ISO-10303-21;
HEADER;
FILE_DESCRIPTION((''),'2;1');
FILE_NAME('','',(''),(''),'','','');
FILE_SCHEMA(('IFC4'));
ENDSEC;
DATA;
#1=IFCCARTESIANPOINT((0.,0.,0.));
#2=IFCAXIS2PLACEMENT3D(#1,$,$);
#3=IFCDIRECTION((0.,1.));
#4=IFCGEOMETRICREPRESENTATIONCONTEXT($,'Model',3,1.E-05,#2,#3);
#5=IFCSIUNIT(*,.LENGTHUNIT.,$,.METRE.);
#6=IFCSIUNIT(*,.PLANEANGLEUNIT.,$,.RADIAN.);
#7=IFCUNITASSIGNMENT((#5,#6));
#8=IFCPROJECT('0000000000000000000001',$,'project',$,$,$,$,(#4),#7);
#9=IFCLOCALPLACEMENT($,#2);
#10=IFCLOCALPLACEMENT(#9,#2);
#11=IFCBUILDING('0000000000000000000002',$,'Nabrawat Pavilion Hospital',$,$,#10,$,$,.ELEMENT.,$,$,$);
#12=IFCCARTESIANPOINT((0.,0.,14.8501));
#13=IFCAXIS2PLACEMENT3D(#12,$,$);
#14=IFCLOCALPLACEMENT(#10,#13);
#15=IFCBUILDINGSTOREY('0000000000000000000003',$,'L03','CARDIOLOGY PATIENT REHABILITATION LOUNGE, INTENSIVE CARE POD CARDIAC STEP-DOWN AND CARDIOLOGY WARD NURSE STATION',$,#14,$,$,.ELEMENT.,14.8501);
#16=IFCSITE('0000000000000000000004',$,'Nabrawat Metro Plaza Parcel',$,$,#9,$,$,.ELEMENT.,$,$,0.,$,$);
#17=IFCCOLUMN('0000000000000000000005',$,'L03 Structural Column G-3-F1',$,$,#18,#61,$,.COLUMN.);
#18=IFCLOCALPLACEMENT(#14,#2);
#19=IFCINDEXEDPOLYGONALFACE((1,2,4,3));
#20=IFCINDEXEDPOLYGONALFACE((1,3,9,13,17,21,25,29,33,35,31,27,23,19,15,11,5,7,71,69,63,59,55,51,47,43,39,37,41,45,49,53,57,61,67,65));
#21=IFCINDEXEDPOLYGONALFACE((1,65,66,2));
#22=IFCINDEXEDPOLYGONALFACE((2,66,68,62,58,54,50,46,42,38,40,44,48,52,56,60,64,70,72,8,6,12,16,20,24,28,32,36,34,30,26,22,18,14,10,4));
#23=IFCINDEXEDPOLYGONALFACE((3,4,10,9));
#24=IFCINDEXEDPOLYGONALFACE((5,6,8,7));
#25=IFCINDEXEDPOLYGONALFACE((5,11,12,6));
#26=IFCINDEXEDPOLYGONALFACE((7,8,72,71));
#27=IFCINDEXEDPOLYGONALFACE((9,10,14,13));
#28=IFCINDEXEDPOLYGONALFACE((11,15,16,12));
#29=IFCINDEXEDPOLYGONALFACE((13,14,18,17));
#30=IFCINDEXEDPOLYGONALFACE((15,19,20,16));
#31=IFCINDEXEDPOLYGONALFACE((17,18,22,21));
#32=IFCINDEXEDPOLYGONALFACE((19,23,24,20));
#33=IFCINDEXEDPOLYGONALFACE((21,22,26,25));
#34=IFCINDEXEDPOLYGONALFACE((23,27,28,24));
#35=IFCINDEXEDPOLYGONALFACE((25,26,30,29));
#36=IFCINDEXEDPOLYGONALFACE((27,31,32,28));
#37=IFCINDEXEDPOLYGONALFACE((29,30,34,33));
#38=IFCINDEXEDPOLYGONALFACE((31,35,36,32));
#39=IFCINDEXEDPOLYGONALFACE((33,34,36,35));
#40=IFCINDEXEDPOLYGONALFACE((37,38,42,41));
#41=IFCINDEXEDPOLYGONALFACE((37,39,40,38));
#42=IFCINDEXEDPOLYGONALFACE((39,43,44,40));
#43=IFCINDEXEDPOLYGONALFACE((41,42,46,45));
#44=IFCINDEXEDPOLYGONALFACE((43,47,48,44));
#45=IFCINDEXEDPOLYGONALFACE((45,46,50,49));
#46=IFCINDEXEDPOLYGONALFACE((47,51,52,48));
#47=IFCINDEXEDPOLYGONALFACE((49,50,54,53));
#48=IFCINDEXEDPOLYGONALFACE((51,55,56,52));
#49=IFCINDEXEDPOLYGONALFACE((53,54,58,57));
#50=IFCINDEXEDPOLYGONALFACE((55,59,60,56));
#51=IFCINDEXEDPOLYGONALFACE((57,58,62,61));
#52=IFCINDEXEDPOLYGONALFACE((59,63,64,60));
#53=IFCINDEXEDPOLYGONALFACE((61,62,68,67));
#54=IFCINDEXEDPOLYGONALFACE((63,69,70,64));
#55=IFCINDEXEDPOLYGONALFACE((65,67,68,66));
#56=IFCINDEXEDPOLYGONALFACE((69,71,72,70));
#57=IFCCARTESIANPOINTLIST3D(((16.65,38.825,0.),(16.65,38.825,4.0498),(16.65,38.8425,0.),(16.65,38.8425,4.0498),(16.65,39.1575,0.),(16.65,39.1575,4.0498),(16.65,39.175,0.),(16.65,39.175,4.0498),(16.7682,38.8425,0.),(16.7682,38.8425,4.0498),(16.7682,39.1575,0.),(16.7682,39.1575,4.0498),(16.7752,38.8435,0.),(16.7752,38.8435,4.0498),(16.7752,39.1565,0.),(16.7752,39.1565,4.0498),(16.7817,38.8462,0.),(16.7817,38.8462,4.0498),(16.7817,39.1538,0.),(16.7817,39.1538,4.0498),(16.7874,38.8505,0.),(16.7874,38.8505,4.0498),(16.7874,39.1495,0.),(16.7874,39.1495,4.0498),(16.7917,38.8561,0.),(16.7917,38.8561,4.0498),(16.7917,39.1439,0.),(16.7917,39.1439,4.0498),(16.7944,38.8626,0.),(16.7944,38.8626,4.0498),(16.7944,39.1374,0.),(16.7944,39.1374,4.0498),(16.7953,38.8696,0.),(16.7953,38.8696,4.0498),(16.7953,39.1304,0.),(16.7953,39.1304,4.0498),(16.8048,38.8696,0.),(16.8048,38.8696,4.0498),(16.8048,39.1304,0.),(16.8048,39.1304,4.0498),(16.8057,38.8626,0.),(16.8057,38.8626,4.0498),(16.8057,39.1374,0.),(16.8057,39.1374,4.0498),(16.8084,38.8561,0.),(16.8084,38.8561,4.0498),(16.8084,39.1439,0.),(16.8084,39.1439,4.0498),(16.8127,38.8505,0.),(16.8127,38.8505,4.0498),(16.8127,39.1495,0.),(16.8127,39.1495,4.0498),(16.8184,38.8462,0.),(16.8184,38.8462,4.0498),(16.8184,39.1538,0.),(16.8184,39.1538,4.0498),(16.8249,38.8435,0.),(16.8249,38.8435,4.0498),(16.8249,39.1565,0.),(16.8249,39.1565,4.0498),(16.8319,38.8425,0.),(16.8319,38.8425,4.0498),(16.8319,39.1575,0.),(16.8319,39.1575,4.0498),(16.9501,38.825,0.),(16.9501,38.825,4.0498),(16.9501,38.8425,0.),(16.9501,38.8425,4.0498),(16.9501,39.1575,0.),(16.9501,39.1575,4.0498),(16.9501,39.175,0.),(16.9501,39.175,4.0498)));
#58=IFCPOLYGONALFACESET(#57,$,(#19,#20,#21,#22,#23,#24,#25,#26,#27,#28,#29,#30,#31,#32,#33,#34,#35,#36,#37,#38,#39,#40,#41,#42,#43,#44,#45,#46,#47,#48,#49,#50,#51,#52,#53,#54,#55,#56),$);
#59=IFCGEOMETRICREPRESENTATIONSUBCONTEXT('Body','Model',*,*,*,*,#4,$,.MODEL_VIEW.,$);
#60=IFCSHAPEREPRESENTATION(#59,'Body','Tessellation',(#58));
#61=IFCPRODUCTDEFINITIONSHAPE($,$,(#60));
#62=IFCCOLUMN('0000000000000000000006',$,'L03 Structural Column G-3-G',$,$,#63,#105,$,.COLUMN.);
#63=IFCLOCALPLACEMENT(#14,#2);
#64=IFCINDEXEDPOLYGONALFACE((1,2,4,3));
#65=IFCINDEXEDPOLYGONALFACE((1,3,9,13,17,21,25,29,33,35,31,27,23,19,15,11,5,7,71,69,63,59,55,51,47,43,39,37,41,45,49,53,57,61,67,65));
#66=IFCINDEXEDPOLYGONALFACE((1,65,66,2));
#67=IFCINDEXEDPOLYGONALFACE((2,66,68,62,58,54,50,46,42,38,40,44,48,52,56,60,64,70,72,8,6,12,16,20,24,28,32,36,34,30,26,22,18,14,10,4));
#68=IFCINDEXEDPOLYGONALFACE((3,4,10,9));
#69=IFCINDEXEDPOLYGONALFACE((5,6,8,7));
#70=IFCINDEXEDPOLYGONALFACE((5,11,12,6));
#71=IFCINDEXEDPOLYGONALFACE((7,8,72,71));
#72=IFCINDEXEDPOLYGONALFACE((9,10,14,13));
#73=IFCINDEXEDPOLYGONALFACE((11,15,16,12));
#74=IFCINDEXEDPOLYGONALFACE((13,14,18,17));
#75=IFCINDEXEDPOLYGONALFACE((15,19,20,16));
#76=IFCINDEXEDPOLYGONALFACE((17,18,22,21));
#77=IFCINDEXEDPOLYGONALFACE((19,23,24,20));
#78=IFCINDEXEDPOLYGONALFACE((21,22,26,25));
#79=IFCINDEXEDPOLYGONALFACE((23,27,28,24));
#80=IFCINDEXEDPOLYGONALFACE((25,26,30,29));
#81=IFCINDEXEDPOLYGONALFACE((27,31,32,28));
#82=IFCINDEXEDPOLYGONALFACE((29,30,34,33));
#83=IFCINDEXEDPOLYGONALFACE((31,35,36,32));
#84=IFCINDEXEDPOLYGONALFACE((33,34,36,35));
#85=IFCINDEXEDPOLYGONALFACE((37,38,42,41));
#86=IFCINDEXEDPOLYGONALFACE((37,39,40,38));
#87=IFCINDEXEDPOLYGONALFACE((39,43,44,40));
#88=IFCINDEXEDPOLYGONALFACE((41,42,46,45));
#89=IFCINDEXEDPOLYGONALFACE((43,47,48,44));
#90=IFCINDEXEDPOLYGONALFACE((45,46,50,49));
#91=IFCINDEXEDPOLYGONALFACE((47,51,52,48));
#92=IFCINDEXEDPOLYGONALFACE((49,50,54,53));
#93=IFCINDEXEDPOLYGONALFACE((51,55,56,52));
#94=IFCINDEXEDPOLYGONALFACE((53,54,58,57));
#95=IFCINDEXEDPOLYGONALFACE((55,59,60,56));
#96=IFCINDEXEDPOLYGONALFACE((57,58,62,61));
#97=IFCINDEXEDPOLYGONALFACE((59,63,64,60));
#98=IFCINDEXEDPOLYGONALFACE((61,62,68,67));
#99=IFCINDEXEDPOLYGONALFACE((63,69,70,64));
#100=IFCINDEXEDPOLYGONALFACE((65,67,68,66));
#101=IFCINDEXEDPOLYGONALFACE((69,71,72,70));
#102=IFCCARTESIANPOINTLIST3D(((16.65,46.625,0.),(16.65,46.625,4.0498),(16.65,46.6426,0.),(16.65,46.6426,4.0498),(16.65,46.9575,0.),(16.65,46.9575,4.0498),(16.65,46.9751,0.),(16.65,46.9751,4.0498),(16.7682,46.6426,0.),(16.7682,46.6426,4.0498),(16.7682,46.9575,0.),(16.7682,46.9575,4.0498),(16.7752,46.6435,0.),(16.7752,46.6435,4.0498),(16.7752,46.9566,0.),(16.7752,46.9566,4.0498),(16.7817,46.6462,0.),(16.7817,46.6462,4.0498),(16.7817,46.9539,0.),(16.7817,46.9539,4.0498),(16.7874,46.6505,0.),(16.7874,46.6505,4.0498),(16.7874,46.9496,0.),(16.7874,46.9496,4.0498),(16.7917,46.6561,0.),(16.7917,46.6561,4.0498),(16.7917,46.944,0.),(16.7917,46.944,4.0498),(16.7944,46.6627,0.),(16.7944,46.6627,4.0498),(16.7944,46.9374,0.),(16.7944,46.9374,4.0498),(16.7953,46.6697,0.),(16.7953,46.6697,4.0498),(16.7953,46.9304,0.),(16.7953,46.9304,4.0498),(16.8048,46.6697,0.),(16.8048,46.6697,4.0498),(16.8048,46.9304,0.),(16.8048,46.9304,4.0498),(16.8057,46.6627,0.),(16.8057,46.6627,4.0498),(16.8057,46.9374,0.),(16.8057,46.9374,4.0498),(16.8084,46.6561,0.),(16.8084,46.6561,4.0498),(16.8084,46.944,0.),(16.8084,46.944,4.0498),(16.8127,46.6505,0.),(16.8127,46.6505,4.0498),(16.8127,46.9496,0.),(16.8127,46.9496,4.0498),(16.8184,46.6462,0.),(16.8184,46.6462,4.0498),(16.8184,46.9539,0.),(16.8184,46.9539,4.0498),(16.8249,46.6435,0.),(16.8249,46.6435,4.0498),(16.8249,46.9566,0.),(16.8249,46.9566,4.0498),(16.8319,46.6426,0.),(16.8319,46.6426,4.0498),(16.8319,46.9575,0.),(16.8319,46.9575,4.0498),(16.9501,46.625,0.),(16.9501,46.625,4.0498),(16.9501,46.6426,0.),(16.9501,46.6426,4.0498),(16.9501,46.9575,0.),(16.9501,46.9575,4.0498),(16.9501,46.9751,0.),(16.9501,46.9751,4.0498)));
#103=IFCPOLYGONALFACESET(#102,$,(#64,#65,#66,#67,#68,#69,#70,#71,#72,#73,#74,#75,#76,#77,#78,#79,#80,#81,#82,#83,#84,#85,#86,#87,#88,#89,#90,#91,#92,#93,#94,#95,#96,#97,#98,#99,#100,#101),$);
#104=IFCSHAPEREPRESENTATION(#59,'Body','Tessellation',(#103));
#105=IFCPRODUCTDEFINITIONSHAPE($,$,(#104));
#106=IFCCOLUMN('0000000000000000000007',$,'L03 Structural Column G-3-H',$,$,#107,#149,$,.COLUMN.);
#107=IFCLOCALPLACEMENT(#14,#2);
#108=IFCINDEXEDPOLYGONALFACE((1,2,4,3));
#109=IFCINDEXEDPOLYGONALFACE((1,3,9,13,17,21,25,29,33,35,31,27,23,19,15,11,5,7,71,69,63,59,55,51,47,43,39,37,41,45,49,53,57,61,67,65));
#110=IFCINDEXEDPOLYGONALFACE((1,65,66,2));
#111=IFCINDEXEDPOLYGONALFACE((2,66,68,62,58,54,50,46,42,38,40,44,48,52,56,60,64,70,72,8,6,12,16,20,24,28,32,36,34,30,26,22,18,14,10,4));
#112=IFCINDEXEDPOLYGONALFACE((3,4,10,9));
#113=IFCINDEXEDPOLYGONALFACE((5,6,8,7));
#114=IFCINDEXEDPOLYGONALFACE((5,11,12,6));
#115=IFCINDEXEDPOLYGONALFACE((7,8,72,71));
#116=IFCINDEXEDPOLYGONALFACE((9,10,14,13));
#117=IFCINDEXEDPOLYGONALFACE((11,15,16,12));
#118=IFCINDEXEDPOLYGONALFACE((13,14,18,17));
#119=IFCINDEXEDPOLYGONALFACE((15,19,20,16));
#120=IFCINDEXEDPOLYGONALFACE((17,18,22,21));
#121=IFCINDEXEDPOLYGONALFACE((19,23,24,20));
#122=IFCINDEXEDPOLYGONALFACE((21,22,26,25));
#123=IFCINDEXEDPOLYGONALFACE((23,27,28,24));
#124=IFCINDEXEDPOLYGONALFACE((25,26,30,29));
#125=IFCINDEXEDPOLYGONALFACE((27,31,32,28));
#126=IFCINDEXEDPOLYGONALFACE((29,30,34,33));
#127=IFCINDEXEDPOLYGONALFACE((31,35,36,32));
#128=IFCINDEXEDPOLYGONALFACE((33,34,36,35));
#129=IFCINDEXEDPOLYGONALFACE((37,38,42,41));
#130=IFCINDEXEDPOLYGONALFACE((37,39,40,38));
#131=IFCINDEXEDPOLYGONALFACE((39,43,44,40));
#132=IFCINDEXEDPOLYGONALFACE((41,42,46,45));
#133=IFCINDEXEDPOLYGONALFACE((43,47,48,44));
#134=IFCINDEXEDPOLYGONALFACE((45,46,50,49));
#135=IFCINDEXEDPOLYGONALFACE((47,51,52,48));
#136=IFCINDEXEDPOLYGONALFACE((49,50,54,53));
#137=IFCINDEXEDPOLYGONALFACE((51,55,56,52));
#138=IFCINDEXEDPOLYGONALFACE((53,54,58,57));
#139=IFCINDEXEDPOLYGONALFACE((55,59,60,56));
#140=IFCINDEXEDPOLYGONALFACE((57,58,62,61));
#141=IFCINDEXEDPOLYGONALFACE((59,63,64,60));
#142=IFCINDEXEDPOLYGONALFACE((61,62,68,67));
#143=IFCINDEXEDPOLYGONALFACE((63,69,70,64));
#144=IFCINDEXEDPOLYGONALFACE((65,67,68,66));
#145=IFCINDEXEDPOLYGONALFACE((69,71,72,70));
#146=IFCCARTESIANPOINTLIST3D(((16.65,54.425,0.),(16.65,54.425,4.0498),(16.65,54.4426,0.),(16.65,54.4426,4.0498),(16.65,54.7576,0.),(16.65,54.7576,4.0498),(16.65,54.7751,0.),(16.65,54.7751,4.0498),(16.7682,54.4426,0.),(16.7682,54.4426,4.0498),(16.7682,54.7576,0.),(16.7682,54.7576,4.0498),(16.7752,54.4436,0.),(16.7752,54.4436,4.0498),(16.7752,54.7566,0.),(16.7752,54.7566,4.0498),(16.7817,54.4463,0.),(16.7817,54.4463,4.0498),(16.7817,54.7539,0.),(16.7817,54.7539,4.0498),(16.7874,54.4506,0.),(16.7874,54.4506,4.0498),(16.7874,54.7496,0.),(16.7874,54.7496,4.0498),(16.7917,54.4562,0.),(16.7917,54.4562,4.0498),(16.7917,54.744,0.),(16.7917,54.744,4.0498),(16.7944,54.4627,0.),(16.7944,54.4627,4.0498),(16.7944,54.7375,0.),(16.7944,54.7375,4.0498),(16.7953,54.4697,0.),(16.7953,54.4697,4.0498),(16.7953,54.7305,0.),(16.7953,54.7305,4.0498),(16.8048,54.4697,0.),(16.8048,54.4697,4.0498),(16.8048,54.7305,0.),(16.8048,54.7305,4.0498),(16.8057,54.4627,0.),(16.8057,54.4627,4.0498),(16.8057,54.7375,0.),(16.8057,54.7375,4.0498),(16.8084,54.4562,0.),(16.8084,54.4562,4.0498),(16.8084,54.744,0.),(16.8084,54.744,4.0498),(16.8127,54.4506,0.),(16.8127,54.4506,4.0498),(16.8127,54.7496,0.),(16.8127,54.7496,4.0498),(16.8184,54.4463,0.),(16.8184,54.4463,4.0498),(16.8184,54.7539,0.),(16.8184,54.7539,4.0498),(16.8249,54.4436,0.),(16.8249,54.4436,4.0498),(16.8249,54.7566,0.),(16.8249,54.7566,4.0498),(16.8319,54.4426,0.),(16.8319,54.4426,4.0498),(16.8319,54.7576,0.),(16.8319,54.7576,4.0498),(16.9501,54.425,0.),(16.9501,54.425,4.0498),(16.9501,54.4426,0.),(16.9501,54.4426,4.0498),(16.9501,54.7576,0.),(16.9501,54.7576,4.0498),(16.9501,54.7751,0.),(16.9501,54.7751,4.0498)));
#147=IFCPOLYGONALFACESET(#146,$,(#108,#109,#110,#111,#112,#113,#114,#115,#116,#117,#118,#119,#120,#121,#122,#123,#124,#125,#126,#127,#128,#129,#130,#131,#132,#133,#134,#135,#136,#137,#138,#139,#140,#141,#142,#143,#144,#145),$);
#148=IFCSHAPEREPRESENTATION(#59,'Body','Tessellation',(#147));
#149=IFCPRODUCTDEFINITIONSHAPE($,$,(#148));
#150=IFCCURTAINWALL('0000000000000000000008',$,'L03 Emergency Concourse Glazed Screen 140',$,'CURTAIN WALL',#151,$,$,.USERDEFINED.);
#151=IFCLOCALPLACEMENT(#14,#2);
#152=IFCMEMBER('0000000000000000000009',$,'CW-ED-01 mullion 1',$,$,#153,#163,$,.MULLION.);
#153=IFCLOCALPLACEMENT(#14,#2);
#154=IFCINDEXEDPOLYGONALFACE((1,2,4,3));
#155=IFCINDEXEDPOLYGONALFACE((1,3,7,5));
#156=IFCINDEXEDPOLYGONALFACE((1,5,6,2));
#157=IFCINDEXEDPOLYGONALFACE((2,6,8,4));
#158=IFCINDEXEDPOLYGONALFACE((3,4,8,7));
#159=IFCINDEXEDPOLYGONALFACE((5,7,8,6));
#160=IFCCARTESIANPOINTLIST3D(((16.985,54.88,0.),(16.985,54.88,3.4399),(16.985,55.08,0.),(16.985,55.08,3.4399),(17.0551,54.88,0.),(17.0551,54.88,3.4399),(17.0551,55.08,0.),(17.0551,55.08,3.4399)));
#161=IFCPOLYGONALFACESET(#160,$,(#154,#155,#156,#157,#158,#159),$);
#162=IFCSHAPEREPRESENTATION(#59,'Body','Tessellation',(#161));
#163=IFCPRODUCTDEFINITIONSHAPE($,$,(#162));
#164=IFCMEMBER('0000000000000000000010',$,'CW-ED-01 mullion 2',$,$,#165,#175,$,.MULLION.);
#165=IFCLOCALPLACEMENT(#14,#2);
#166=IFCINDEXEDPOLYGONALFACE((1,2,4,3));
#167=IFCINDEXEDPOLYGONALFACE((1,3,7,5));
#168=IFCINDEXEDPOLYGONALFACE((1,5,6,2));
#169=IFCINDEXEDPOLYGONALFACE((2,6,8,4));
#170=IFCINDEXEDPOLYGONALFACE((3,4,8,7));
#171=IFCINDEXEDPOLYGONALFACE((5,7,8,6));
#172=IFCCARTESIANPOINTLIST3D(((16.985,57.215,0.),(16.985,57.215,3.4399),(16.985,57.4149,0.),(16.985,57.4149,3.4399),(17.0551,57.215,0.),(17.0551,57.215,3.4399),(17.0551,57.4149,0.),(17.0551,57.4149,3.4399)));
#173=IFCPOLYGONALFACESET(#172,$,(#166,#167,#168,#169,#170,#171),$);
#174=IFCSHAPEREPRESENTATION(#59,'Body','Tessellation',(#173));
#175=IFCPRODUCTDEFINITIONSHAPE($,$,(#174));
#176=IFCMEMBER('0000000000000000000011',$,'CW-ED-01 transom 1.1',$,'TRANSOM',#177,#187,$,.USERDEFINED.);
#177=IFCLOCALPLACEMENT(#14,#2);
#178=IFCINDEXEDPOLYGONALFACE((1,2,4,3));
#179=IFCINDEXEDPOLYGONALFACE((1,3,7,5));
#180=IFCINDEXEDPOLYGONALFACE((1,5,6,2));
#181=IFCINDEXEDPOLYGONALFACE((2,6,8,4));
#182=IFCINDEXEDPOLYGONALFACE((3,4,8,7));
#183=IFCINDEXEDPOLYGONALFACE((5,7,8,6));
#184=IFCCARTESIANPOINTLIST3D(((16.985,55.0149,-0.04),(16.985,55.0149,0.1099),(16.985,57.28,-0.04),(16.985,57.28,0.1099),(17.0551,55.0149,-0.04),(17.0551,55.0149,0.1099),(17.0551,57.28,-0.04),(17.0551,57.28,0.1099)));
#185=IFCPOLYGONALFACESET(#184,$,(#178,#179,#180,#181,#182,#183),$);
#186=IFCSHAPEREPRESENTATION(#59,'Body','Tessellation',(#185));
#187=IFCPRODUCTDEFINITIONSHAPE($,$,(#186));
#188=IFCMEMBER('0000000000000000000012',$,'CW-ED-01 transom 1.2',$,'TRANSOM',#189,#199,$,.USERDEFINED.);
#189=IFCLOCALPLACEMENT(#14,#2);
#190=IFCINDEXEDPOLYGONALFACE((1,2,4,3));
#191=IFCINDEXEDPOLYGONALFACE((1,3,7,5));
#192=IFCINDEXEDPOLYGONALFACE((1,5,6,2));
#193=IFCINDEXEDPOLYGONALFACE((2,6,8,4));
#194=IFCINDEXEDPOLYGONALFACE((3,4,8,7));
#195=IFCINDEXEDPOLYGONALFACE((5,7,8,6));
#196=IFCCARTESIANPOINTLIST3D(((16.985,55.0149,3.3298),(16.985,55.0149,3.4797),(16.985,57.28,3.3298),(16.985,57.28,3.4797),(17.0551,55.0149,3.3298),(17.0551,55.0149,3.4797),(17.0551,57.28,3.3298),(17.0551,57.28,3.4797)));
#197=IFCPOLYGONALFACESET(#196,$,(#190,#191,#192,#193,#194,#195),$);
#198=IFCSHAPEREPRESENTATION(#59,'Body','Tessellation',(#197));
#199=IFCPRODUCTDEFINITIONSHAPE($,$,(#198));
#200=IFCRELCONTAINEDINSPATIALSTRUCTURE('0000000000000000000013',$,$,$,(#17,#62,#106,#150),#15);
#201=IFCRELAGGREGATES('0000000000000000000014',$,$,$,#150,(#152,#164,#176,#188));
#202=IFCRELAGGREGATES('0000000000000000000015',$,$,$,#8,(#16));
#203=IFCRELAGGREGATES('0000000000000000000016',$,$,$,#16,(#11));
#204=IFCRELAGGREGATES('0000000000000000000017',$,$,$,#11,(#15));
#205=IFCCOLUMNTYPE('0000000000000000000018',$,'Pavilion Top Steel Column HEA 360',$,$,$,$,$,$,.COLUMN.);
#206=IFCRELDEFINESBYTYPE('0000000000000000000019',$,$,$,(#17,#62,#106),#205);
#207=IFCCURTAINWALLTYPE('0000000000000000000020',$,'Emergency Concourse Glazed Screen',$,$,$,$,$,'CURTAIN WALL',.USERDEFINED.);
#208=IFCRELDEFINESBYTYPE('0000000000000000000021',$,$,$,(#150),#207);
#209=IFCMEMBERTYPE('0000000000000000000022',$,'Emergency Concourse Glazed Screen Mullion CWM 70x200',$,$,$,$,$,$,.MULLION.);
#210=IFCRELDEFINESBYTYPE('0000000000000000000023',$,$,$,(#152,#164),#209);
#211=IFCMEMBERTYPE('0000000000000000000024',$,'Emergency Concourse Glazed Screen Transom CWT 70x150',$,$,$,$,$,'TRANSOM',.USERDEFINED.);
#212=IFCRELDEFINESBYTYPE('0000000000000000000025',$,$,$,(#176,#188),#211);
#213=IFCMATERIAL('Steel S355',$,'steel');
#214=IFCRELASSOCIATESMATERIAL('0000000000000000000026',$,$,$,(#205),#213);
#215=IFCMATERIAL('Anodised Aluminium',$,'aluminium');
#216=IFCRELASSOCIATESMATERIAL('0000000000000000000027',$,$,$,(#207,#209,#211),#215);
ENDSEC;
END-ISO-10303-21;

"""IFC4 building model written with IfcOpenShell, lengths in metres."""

from ifc_helpers import new_model, si_unit, direction, frame, origin, origin_2d, place, context, subcontext, project, spatial, rectangle, i_section, extrude, material, material_profile, profile_set, type_object, element, aggregate, save


model = new_model("IFC4")

# Units and contexts
model_context = context("Model", 3, precision=1e-05, world=origin(), true_north=direction((0.0, 1.0)))
body_context = subcontext(model_context, "Body", "Model", "MODEL_VIEW")
ifc_project = project(units=[si_unit("LENGTHUNIT", "METRE"), si_unit("PLANEANGLEUNIT", "RADIAN")], contexts=[model_context])

# Site, building, storey
site_placement = place(None, origin())
site = spatial("IfcSite", under=ifc_project, at=site_placement, Name="Nabrawat Metro Plaza Parcel", CompositionType="ELEMENT", RefElevation=0.0)
building_placement = place(site_placement, origin())
building = spatial("IfcBuilding", under=site, at=building_placement, Name="Nabrawat Pavilion Hospital", CompositionType="ELEMENT")
storey_placement = place(building_placement, frame((0.0, 0.0, 14.8501)))
storey = spatial("IfcBuildingStorey", under=building, at=storey_placement, Name="L03", Description="CARDIOLOGY PATIENT REHABILITATION LOUNGE, INTENSIVE CARE POD CARDIAC STEP-DOWN AND CARDIOLOGY WARD NURSE STATION", CompositionType="ELEMENT", Elevation=14.8501)

# Columns
ifc_material_1 = material(Name="Steel S355", Category="steel")
ifc_material_profile_1 = material_profile(ifc_material_1, i_section(OverallWidth=0.3, OverallDepth=0.3501, WebThickness=0.0095, FlangeThickness=0.0176, FilletRadius=0.0271, at=origin_2d()), Name="HEA 360")
ifc_profile_set_1 = profile_set([ifc_material_profile_1], Name="Steel S355")
column_type = type_object("IfcColumnType", Name="Pavilion Top Steel Column HEA 360", PredefinedType="COLUMN", material=ifc_profile_set_1)
for number, where, z_axis, x_axis, name in (
    (1, (16.8, 39.0, 0.0), (0.0, 0.0, 1.0), (1.0, 0.0, 0.0), "L03 Structural Column G-3-F1"),
    (2, (16.8, 46.8, 0.0), (0.0, 0.0, 1.0), (1.0, 0.0, 0.0), "L03 Structural Column G-3-G"),
    (3, (16.8, 54.6001, 0.0), (0.0, 0.0, 1.0), (1.0, 0.0, 0.0), "L03 Structural Column G-3-H"),
):
    element("IfcColumn", number, at=place(storey_placement, frame(where, z_axis=z_axis, x_axis=x_axis)), inside=storey, type_object=column_type, Name=name, PredefinedType="COLUMN", context=body_context, shape_type="SweptSolid", body=[
        extrude(i_section(OverallWidth=0.3, OverallDepth=0.3501, WebThickness=0.0095, FlangeThickness=0.0176, FilletRadius=0.0271, at=origin_2d()), origin(), (0.0, 0.0, 1.0), 4.0498),
    ])

# Curtain wall, members
ifc_material_2 = material(Name="Anodised Aluminium", Category="aluminium")
curtain_wall_type = type_object("IfcCurtainWallType", Name="Emergency Concourse Glazed Screen", ElementType="CURTAIN WALL", PredefinedType="USERDEFINED", material=ifc_material_2)
curtain_wall_placement = place(storey_placement, origin())
curtain_wall = element("IfcCurtainWall", 4, at=curtain_wall_placement, inside=storey, type_object=curtain_wall_type, Name="L03 Emergency Concourse Glazed Screen 140", ObjectType="CURTAIN WALL", PredefinedType="USERDEFINED")
ifc_material_profile_2 = material_profile(ifc_material_2, rectangle(XDim=0.0701, YDim=0.2, at=origin_2d()), Name="CWM 70x200")
ifc_profile_set_2 = profile_set([ifc_material_profile_2], Name="Anodised Aluminium")
member_type_1 = type_object("IfcMemberType", Name="Emergency Concourse Glazed Screen Mullion CWM 70x200", PredefinedType="MULLION", material=ifc_profile_set_2)
member_1_placement = place(storey_placement, frame((17.02, 54.98, 0.0), z_axis=(0.0, 0.0, 1.0), x_axis=(-1.0, 0.0, 0.0)))
member_1 = element("IfcMember", 5, at=member_1_placement, type_object=member_type_1, Name="CW-ED-01 mullion 1", PredefinedType="MULLION", context=body_context, shape_type="SweptSolid", body=[
    extrude(rectangle(XDim=0.0701, YDim=0.2, at=origin_2d()), origin(), (0.0, 0.0, 1.0), 3.4399),
])
member_2_placement = place(storey_placement, frame((17.02, 57.3149, 0.0), z_axis=(0.0, 0.0, 1.0), x_axis=(-1.0, 0.0, 0.0)))
member_2 = element("IfcMember", 6, at=member_2_placement, type_object=member_type_1, Name="CW-ED-01 mullion 2", PredefinedType="MULLION", context=body_context, shape_type="SweptSolid", body=[
    extrude(rectangle(XDim=0.0701, YDim=0.2, at=origin_2d()), origin(), (0.0, 0.0, 1.0), 3.4399),
])
ifc_material_profile_3 = material_profile(ifc_material_2, rectangle(XDim=0.0701, YDim=0.1499, at=origin_2d()), Name="CWT 70x150")
ifc_profile_set_3 = profile_set([ifc_material_profile_3], Name="Anodised Aluminium")
member_type_2 = type_object("IfcMemberType", Name="Emergency Concourse Glazed Screen Transom CWT 70x150", ElementType="TRANSOM", PredefinedType="USERDEFINED", material=ifc_profile_set_3)
member_3_placement = place(storey_placement, frame((17.02, 55.0149, 0.0349), z_axis=(0.0, 1.0, 0.0), x_axis=(-1.0, 0.0, 0.0)))
member_3 = element("IfcMember", 7, at=member_3_placement, type_object=member_type_2, Name="CW-ED-01 transom 1.1", ObjectType="TRANSOM", PredefinedType="USERDEFINED", context=body_context, shape_type="SweptSolid", body=[
    extrude(rectangle(XDim=0.0701, YDim=0.1499, at=origin_2d()), origin(), (0.0, 0.0, 1.0), 2.2651),
])
member_4_placement = place(storey_placement, frame((17.02, 55.0149, 3.4048), z_axis=(0.0, 1.0, 0.0), x_axis=(-1.0, 0.0, 0.0)))
member_4 = element("IfcMember", 8, at=member_4_placement, type_object=member_type_2, Name="CW-ED-01 transom 1.2", ObjectType="TRANSOM", PredefinedType="USERDEFINED", context=body_context, shape_type="SweptSolid", body=[
    extrude(rectangle(XDim=0.0701, YDim=0.1499, at=origin_2d()), origin(), (0.0, 0.0, 1.0), 2.2651),
])

aggregate(curtain_wall, [member_1, member_2, member_3, member_4])

save(model, "model.ifc")
